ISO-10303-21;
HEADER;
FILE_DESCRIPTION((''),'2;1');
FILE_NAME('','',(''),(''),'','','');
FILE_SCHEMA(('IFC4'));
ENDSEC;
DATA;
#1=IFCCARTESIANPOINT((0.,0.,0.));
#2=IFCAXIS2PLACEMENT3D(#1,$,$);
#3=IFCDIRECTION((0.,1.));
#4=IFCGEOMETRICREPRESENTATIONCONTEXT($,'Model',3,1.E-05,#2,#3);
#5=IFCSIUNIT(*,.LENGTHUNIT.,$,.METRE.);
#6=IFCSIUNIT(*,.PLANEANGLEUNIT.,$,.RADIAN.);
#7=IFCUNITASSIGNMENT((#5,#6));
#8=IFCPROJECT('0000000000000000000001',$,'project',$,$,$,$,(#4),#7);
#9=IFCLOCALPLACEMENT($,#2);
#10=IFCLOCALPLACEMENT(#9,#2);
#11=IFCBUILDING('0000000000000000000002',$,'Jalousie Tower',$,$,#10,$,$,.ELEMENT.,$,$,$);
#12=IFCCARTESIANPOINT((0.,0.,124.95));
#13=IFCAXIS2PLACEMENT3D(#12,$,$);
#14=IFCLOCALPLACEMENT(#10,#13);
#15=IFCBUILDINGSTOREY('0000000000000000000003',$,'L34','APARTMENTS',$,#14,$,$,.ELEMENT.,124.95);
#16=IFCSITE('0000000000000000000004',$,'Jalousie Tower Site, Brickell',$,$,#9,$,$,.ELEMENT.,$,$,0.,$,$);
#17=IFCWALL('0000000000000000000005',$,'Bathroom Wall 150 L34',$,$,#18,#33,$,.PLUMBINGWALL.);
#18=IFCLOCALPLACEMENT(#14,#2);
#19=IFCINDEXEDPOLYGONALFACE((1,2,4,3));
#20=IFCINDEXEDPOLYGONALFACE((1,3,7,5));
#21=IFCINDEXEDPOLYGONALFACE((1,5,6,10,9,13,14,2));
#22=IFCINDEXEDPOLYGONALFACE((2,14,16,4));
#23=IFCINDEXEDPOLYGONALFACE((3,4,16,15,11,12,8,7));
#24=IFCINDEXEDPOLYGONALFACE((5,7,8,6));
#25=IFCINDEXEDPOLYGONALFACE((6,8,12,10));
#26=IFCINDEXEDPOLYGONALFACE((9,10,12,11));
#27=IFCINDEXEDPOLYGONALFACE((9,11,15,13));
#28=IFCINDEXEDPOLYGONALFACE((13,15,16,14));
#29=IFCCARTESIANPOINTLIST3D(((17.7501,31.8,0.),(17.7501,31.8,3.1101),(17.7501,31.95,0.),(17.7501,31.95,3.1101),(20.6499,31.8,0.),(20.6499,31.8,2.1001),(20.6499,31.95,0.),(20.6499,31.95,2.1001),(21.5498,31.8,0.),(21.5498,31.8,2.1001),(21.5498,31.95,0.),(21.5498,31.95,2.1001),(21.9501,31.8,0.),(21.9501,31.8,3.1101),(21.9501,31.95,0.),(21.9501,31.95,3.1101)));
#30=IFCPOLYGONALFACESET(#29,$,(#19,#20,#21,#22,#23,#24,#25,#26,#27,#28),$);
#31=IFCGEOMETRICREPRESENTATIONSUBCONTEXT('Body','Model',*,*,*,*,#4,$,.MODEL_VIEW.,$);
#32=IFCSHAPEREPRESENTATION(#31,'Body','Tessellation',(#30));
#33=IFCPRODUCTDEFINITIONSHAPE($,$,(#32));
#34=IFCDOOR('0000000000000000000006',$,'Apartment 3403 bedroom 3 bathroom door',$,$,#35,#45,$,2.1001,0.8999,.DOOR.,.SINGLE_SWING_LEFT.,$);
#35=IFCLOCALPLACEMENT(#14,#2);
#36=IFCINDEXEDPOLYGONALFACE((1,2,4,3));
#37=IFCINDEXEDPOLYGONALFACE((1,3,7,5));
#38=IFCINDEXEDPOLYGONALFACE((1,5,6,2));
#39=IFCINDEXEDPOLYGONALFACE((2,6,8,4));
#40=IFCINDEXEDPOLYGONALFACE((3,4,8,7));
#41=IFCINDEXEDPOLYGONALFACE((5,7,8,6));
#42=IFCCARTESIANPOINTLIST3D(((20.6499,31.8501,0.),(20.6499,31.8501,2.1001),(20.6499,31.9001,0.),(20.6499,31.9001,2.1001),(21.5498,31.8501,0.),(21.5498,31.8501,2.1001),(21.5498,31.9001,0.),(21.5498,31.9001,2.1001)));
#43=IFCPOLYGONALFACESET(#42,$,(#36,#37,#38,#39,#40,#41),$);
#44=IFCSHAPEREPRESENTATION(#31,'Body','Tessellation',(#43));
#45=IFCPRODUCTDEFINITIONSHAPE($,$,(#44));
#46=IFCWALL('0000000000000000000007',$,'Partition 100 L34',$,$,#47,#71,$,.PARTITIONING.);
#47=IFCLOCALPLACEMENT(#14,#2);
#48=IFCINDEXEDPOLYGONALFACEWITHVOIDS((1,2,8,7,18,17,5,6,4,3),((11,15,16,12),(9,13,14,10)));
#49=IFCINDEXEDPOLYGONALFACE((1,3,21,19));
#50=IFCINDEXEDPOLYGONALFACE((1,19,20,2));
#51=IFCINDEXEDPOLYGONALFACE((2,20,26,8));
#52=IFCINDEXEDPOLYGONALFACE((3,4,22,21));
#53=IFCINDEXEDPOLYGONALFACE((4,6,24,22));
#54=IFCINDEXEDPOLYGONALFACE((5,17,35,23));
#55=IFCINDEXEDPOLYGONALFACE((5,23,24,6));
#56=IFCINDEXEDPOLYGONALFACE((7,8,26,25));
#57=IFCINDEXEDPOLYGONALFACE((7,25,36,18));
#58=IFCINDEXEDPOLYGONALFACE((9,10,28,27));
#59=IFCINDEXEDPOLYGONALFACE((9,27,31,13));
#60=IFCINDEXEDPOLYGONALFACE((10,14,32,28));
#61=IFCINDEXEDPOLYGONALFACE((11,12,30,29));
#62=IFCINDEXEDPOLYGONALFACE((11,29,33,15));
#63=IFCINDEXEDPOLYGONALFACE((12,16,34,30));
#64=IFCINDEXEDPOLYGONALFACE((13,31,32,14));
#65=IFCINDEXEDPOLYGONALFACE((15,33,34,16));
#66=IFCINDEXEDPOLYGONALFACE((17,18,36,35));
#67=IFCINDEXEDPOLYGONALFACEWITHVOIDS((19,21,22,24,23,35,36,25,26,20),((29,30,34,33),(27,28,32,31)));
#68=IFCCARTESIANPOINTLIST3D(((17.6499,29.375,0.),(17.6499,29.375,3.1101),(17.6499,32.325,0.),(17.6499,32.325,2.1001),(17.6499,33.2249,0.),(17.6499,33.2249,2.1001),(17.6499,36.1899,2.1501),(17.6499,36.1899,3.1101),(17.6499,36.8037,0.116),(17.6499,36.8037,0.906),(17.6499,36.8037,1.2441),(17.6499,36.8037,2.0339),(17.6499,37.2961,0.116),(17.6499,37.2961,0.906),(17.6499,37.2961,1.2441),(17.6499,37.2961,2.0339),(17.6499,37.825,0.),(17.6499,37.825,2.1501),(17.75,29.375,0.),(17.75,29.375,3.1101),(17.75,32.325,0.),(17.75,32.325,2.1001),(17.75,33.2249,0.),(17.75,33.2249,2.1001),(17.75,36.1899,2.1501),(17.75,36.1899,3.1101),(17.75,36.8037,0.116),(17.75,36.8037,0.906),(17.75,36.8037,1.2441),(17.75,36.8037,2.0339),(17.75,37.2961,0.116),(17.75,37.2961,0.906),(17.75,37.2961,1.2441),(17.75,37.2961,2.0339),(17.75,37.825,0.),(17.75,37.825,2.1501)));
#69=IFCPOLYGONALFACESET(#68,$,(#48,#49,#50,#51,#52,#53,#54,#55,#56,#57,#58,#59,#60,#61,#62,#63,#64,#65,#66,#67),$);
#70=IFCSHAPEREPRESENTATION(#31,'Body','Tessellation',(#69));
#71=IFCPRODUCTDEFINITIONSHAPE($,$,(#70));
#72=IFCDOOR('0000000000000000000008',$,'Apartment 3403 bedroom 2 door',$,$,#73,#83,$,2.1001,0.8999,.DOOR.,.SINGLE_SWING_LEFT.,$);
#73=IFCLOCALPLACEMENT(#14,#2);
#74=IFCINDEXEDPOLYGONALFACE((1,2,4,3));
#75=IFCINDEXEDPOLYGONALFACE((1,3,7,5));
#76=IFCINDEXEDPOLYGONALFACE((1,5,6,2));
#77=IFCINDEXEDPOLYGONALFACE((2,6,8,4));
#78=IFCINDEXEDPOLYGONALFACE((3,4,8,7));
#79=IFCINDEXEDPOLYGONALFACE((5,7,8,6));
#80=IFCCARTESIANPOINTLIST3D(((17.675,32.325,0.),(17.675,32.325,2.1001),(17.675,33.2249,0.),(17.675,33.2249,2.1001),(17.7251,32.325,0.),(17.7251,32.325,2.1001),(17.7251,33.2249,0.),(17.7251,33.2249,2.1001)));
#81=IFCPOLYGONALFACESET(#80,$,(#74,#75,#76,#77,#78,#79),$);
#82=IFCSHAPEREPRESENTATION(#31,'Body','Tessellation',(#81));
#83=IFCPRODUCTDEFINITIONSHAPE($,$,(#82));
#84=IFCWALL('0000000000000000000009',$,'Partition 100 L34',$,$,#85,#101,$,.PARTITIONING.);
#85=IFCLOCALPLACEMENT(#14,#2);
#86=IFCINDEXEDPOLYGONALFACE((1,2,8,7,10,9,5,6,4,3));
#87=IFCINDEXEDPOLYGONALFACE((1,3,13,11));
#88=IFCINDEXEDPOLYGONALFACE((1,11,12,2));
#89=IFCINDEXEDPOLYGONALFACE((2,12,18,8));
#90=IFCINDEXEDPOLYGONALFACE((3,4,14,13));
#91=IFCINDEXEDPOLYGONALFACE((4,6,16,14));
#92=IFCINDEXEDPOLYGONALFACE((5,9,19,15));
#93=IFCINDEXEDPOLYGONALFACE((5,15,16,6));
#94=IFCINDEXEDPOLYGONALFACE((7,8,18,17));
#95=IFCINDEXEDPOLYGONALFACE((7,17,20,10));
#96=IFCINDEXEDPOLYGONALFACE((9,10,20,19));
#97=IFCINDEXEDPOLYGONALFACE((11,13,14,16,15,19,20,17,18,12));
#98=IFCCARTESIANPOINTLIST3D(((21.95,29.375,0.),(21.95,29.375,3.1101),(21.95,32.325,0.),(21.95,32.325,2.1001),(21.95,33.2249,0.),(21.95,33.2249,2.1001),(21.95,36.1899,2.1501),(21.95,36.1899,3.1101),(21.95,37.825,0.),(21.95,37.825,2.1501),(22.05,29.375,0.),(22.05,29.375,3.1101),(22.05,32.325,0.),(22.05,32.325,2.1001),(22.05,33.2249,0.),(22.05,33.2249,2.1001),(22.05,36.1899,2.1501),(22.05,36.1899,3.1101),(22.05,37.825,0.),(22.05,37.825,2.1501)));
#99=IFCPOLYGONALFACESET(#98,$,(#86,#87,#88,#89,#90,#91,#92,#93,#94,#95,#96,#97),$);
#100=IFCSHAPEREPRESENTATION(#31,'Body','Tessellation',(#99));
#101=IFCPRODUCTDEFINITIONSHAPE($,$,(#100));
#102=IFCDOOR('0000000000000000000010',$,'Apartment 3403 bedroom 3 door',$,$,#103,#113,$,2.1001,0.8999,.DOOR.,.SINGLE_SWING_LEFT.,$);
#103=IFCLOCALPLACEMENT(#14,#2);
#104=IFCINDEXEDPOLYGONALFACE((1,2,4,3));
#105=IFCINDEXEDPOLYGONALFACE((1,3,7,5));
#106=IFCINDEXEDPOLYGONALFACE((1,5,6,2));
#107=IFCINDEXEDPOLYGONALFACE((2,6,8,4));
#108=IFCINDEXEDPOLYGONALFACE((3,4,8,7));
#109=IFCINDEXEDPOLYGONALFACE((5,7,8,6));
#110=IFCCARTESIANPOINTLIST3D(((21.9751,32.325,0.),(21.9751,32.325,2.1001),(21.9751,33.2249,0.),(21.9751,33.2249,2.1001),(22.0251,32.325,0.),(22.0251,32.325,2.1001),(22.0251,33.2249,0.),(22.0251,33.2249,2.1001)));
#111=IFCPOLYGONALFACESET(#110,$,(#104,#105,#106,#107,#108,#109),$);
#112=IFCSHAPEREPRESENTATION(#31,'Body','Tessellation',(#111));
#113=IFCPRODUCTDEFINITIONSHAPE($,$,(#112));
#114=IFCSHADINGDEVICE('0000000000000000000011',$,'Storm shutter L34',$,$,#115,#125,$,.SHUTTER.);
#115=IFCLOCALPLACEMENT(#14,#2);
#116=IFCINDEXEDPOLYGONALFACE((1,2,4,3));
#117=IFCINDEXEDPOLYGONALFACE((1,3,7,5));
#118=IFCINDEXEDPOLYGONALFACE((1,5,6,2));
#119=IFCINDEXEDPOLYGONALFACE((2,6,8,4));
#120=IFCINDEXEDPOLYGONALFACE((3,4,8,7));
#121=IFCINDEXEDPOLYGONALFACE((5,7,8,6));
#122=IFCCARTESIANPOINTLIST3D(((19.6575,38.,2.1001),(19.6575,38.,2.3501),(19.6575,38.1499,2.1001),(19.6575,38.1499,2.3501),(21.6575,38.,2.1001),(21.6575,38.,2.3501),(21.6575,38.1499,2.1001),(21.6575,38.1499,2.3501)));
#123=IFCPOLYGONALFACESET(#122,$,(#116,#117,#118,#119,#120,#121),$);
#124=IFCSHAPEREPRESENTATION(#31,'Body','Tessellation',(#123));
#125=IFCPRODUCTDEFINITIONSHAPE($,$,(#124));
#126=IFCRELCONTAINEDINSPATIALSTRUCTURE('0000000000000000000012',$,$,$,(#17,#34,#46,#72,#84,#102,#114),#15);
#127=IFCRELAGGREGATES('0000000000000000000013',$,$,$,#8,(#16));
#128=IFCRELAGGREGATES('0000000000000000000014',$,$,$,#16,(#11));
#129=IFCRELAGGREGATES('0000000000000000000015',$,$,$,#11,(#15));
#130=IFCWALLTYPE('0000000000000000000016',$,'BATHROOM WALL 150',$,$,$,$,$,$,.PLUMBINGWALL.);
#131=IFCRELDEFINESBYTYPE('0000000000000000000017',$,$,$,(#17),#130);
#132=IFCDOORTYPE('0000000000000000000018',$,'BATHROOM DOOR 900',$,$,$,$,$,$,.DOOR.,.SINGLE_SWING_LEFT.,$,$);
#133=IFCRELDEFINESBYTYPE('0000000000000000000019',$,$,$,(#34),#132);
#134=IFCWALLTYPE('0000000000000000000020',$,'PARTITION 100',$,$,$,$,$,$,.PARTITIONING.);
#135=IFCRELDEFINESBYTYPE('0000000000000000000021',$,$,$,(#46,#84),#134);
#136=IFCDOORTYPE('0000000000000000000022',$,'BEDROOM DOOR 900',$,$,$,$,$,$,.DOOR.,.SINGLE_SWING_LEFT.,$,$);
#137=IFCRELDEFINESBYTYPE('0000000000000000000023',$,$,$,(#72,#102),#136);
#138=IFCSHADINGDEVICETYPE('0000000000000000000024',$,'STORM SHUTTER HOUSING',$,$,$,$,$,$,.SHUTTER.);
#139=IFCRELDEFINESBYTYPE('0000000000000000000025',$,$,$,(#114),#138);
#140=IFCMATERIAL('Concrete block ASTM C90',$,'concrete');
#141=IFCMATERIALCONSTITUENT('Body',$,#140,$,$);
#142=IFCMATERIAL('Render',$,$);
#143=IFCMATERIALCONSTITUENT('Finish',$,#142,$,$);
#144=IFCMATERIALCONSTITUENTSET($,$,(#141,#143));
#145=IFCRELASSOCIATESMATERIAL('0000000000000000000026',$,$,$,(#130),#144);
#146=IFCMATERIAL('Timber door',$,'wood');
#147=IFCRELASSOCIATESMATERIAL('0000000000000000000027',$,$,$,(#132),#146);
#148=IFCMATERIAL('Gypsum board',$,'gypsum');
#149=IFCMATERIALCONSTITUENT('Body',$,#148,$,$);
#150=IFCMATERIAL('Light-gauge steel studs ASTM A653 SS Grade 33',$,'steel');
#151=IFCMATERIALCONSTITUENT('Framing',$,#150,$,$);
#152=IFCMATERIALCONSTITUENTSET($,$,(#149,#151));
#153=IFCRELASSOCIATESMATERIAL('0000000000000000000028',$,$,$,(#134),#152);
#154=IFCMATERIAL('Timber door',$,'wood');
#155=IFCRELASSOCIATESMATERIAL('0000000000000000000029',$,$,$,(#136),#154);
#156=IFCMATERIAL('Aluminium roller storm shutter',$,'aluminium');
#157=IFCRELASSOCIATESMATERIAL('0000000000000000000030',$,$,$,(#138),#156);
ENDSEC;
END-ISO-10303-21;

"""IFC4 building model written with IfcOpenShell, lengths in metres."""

from ifc_helpers import new_model, si_unit, direction, frame, frame_2d, origin, origin_2d, place, context, subcontext, project, spatial, polyline, rectangle, outline, extrude, material, constituent, constituent_set, type_object, element, fill, save


model = new_model("IFC4")

# Units and contexts
model_context = context("Model", 3, precision=1e-05, world=origin(), true_north=direction((0.0, 1.0)))
body_context = subcontext(model_context, "Body", "Model", "MODEL_VIEW")
ifc_project = project(units=[si_unit("LENGTHUNIT", "METRE"), si_unit("PLANEANGLEUNIT", "RADIAN")], contexts=[model_context])

# Site, building, storey
site_placement = place(None, origin())
site = spatial("IfcSite", under=ifc_project, at=site_placement, Name="Jalousie Tower Site, Brickell", CompositionType="ELEMENT", RefElevation=0.0)
building_placement = place(site_placement, origin())
building = spatial("IfcBuilding", under=site, at=building_placement, Name="Jalousie Tower", CompositionType="ELEMENT")
storey_placement = place(building_placement, frame((0.0, 0.0, 124.95)))
storey = spatial("IfcBuildingStorey", under=building, at=storey_placement, Name="L34", Description="APARTMENTS", CompositionType="ELEMENT", Elevation=124.95)

# Walls, openings, doors
ifc_material_1 = material(Name="Concrete block ASTM C90", Category="concrete")
ifc_constituent_1 = constituent(ifc_material_1, Name="Body")
ifc_material_2 = material(Name="Render")
ifc_constituent_2 = constituent(ifc_material_2, Name="Finish")
ifc_constituent_set_1 = constituent_set(constituents=[ifc_constituent_1, ifc_constituent_2])
wall_type_1 = type_object("IfcWallType", Name="BATHROOM WALL 150", PredefinedType="PLUMBINGWALL", material=ifc_constituent_set_1)
wall_1_placement = place(storey_placement, frame((17.75, 31.875, 0.0), z_axis=(0.0, 0.0, 1.0), x_axis=(1.0, 0.0, 0.0)))
wall_1 = element("IfcWall", 1, at=wall_1_placement, inside=storey, type_object=wall_type_1, Name="Bathroom Wall 150 L34", PredefinedType="PLUMBINGWALL", context=body_context, shape_type="SweptSolid", body=[
    extrude(rectangle(XDim=4.2, YDim=0.1499, at=frame_2d((2.1001, 0.0))), origin(), (0.0, 0.0, 1.0), 3.1101),
])
opening_1_placement = place(wall_1_placement, frame((2.8999, 0.0, 0.0)))
opening_1 = element("IfcOpeningElement", 2, at=opening_1_placement, cuts=wall_1, PredefinedType="OPENING", context=body_context, shape_type="SweptSolid", body=[
    extrude(rectangle(XDim=0.8999, YDim=2.1001, at=frame_2d((0.45, 1.05))), frame((0.0, 0.085, 0.0), z_axis=(0.0, -1.0, 0.0), x_axis=(1.0, 0.0, 0.0)), (0.0, 0.0, 1.0), 0.1699),
])
ifc_material_3 = material(Name="Timber door", Category="wood")
door_type_1 = type_object("IfcDoorType", Name="BATHROOM DOOR 900", OperationType="SINGLE_SWING_LEFT", PredefinedType="DOOR", material=ifc_material_3)
door_1_placement = place(opening_1_placement, frame((0.8999, 0.0, 0.0), z_axis=(0.0, 0.0, 1.0), x_axis=(-1.0, 0.0, 0.0)))
door_1 = element("IfcDoor", 3, at=door_1_placement, inside=storey, type_object=door_type_1, Name="Apartment 3403 bedroom 3 bathroom door", OperationType="SINGLE_SWING_LEFT", OverallHeight=2.1001, OverallWidth=0.8999, PredefinedType="DOOR", context=body_context, shape_type="SweptSolid", body=[
    extrude(rectangle(XDim=0.8999, YDim=2.1001, at=frame_2d((0.45, 1.05))), frame((0.0, 0.0249, 0.0), z_axis=(0.0, -1.0, 0.0), x_axis=(1.0, 0.0, 0.0)), (0.0, 0.0, 1.0), 0.05),
])
fill(opening_1, door_1)
ifc_material_4 = material(Name="Gypsum board", Category="gypsum")
ifc_constituent_3 = constituent(ifc_material_4, Name="Body")
ifc_material_5 = material(Name="Light-gauge steel studs ASTM A653 SS Grade 33", Category="steel")
ifc_constituent_4 = constituent(ifc_material_5, Name="Framing")
ifc_constituent_set_2 = constituent_set(constituents=[ifc_constituent_3, ifc_constituent_4])
wall_type_2 = type_object("IfcWallType", Name="PARTITION 100", PredefinedType="PARTITIONING", material=ifc_constituent_set_2)
wall_2_placement = place(storey_placement, frame((17.7, 37.825, 0.0), z_axis=(0.0, 0.0, 1.0), x_axis=(0.0, -1.0, 0.0)))
wall_2 = element("IfcWall", 4, at=wall_2_placement, inside=storey, type_object=wall_type_2, Name="Partition 100 L34", PredefinedType="PARTITIONING", context=body_context, shape_type="SweptSolid", body=[
    extrude(outline(polyline([(1.635, 2.1501), (0.0, 2.1501), (0.0, 0.0), (8.45, 0.0), (8.45, 3.1101), (1.635, 3.1101), (1.635, 2.1501)]), holes=[polyline([(1.0212, 0.116), (0.5288, 0.116), (0.5288, 0.906), (1.0212, 0.906), (1.0212, 0.116)]), polyline([(1.0212, 1.2441), (0.5288, 1.2441), (0.5288, 2.0339), (1.0212, 2.0339), (1.0212, 1.2441)])]), frame((0.0, 0.05, 0.0), z_axis=(0.0, -1.0, 0.0), x_axis=(1.0, 0.0, 0.0)), (0.0, 0.0, 1.0), 0.1001),
])
opening_2_placement = place(wall_2_placement, frame((4.6001, 0.0, 0.0)))
opening_2 = element("IfcOpeningElement", 5, at=opening_2_placement, cuts=wall_2, PredefinedType="OPENING", context=body_context, shape_type="SweptSolid", body=[
    extrude(rectangle(XDim=0.8999, YDim=2.1001, at=frame_2d((0.45, 1.05))), frame((0.0, 0.0601, 0.0), z_axis=(0.0, -1.0, 0.0), x_axis=(1.0, 0.0, 0.0)), (0.0, 0.0, 1.0), 0.1201),
])
ifc_material_6 = material(Name="Timber door", Category="wood")
door_type_2 = type_object("IfcDoorType", Name="BEDROOM DOOR 900", OperationType="SINGLE_SWING_LEFT", PredefinedType="DOOR", material=ifc_material_6)
door_2_placement = place(opening_2_placement, frame((0.8999, 0.0, 0.0), z_axis=(0.0, 0.0, 1.0), x_axis=(-1.0, 0.0, 0.0)))
door_2 = element("IfcDoor", 6, at=door_2_placement, inside=storey, type_object=door_type_2, Name="Apartment 3403 bedroom 2 door", OperationType="SINGLE_SWING_LEFT", OverallHeight=2.1001, OverallWidth=0.8999, PredefinedType="DOOR", context=body_context, shape_type="SweptSolid", body=[
    extrude(rectangle(XDim=0.8999, YDim=2.1001, at=frame_2d((0.45, 1.05))), frame((0.0, 0.0249, 0.0), z_axis=(0.0, -1.0, 0.0), x_axis=(1.0, 0.0, 0.0)), (0.0, 0.0, 1.0), 0.05),
])
fill(opening_2, door_2)
wall_3_placement = place(storey_placement, frame((22.0, 37.825, 0.0), z_axis=(0.0, 0.0, 1.0), x_axis=(0.0, -1.0, 0.0)))
wall_3 = element("IfcWall", 7, at=wall_3_placement, inside=storey, type_object=wall_type_2, Name="Partition 100 L34", PredefinedType="PARTITIONING", context=body_context, shape_type="SweptSolid", body=[
    extrude(outline(polyline([(0.0, 0.0), (8.45, 0.0), (8.45, 3.1101), (1.635, 3.1101), (1.635, 2.1501), (0.0, 2.1501), (0.0, 3.1101), (0.0, 0.0)])), frame((0.0, 0.05, 0.0), z_axis=(0.0, -1.0, 0.0), x_axis=(1.0, 0.0, 0.0)), (0.0, 0.0, 1.0), 0.1001),
])
opening_3_placement = place(wall_3_placement, frame((4.6001, 0.0, 0.0)))
opening_3 = element("IfcOpeningElement", 8, at=opening_3_placement, cuts=wall_3, PredefinedType="OPENING", context=body_context, shape_type="SweptSolid", body=[
    extrude(rectangle(XDim=0.8999, YDim=2.1001, at=frame_2d((0.45, 1.05))), frame((0.0, 0.0601, 0.0), z_axis=(0.0, -1.0, 0.0), x_axis=(1.0, 0.0, 0.0)), (0.0, 0.0, 1.0), 0.1201),
])
door_3_placement = place(opening_3_placement, frame((0.8999, 0.0, 0.0), z_axis=(0.0, 0.0, 1.0), x_axis=(-1.0, 0.0, 0.0)))
door_3 = element("IfcDoor", 9, at=door_3_placement, inside=storey, type_object=door_type_2, Name="Apartment 3403 bedroom 3 door", OperationType="SINGLE_SWING_LEFT", OverallHeight=2.1001, OverallWidth=0.8999, PredefinedType="DOOR", context=body_context, shape_type="SweptSolid", body=[
    extrude(rectangle(XDim=0.8999, YDim=2.1001, at=frame_2d((0.45, 1.05))), frame((0.0, 0.0249, 0.0), z_axis=(0.0, -1.0, 0.0), x_axis=(1.0, 0.0, 0.0)), (0.0, 0.0, 1.0), 0.05),
])
fill(opening_3, door_3)

# Shading device
ifc_material_7 = material(Name="Aluminium roller storm shutter", Category="aluminium")
shading_device_type = type_object("IfcShadingDeviceType", Name="STORM SHUTTER HOUSING", PredefinedType="SHUTTER", material=ifc_material_7)
shading_device_placement = place(storey_placement, frame((20.6575, 38.075, 2.1001), z_axis=(0.0, 0.0, 1.0), x_axis=(-1.0, 0.0, 0.0)))
element("IfcShadingDevice", 10, at=shading_device_placement, inside=storey, type_object=shading_device_type, Name="Storm shutter L34", PredefinedType="SHUTTER", context=body_context, shape_type="SweptSolid", body=[
    extrude(rectangle(XDim=2.0, YDim=0.1499, at=origin_2d()), origin(), (0.0, 0.0, 1.0), 0.25),
])

save(model, "model.ifc")
